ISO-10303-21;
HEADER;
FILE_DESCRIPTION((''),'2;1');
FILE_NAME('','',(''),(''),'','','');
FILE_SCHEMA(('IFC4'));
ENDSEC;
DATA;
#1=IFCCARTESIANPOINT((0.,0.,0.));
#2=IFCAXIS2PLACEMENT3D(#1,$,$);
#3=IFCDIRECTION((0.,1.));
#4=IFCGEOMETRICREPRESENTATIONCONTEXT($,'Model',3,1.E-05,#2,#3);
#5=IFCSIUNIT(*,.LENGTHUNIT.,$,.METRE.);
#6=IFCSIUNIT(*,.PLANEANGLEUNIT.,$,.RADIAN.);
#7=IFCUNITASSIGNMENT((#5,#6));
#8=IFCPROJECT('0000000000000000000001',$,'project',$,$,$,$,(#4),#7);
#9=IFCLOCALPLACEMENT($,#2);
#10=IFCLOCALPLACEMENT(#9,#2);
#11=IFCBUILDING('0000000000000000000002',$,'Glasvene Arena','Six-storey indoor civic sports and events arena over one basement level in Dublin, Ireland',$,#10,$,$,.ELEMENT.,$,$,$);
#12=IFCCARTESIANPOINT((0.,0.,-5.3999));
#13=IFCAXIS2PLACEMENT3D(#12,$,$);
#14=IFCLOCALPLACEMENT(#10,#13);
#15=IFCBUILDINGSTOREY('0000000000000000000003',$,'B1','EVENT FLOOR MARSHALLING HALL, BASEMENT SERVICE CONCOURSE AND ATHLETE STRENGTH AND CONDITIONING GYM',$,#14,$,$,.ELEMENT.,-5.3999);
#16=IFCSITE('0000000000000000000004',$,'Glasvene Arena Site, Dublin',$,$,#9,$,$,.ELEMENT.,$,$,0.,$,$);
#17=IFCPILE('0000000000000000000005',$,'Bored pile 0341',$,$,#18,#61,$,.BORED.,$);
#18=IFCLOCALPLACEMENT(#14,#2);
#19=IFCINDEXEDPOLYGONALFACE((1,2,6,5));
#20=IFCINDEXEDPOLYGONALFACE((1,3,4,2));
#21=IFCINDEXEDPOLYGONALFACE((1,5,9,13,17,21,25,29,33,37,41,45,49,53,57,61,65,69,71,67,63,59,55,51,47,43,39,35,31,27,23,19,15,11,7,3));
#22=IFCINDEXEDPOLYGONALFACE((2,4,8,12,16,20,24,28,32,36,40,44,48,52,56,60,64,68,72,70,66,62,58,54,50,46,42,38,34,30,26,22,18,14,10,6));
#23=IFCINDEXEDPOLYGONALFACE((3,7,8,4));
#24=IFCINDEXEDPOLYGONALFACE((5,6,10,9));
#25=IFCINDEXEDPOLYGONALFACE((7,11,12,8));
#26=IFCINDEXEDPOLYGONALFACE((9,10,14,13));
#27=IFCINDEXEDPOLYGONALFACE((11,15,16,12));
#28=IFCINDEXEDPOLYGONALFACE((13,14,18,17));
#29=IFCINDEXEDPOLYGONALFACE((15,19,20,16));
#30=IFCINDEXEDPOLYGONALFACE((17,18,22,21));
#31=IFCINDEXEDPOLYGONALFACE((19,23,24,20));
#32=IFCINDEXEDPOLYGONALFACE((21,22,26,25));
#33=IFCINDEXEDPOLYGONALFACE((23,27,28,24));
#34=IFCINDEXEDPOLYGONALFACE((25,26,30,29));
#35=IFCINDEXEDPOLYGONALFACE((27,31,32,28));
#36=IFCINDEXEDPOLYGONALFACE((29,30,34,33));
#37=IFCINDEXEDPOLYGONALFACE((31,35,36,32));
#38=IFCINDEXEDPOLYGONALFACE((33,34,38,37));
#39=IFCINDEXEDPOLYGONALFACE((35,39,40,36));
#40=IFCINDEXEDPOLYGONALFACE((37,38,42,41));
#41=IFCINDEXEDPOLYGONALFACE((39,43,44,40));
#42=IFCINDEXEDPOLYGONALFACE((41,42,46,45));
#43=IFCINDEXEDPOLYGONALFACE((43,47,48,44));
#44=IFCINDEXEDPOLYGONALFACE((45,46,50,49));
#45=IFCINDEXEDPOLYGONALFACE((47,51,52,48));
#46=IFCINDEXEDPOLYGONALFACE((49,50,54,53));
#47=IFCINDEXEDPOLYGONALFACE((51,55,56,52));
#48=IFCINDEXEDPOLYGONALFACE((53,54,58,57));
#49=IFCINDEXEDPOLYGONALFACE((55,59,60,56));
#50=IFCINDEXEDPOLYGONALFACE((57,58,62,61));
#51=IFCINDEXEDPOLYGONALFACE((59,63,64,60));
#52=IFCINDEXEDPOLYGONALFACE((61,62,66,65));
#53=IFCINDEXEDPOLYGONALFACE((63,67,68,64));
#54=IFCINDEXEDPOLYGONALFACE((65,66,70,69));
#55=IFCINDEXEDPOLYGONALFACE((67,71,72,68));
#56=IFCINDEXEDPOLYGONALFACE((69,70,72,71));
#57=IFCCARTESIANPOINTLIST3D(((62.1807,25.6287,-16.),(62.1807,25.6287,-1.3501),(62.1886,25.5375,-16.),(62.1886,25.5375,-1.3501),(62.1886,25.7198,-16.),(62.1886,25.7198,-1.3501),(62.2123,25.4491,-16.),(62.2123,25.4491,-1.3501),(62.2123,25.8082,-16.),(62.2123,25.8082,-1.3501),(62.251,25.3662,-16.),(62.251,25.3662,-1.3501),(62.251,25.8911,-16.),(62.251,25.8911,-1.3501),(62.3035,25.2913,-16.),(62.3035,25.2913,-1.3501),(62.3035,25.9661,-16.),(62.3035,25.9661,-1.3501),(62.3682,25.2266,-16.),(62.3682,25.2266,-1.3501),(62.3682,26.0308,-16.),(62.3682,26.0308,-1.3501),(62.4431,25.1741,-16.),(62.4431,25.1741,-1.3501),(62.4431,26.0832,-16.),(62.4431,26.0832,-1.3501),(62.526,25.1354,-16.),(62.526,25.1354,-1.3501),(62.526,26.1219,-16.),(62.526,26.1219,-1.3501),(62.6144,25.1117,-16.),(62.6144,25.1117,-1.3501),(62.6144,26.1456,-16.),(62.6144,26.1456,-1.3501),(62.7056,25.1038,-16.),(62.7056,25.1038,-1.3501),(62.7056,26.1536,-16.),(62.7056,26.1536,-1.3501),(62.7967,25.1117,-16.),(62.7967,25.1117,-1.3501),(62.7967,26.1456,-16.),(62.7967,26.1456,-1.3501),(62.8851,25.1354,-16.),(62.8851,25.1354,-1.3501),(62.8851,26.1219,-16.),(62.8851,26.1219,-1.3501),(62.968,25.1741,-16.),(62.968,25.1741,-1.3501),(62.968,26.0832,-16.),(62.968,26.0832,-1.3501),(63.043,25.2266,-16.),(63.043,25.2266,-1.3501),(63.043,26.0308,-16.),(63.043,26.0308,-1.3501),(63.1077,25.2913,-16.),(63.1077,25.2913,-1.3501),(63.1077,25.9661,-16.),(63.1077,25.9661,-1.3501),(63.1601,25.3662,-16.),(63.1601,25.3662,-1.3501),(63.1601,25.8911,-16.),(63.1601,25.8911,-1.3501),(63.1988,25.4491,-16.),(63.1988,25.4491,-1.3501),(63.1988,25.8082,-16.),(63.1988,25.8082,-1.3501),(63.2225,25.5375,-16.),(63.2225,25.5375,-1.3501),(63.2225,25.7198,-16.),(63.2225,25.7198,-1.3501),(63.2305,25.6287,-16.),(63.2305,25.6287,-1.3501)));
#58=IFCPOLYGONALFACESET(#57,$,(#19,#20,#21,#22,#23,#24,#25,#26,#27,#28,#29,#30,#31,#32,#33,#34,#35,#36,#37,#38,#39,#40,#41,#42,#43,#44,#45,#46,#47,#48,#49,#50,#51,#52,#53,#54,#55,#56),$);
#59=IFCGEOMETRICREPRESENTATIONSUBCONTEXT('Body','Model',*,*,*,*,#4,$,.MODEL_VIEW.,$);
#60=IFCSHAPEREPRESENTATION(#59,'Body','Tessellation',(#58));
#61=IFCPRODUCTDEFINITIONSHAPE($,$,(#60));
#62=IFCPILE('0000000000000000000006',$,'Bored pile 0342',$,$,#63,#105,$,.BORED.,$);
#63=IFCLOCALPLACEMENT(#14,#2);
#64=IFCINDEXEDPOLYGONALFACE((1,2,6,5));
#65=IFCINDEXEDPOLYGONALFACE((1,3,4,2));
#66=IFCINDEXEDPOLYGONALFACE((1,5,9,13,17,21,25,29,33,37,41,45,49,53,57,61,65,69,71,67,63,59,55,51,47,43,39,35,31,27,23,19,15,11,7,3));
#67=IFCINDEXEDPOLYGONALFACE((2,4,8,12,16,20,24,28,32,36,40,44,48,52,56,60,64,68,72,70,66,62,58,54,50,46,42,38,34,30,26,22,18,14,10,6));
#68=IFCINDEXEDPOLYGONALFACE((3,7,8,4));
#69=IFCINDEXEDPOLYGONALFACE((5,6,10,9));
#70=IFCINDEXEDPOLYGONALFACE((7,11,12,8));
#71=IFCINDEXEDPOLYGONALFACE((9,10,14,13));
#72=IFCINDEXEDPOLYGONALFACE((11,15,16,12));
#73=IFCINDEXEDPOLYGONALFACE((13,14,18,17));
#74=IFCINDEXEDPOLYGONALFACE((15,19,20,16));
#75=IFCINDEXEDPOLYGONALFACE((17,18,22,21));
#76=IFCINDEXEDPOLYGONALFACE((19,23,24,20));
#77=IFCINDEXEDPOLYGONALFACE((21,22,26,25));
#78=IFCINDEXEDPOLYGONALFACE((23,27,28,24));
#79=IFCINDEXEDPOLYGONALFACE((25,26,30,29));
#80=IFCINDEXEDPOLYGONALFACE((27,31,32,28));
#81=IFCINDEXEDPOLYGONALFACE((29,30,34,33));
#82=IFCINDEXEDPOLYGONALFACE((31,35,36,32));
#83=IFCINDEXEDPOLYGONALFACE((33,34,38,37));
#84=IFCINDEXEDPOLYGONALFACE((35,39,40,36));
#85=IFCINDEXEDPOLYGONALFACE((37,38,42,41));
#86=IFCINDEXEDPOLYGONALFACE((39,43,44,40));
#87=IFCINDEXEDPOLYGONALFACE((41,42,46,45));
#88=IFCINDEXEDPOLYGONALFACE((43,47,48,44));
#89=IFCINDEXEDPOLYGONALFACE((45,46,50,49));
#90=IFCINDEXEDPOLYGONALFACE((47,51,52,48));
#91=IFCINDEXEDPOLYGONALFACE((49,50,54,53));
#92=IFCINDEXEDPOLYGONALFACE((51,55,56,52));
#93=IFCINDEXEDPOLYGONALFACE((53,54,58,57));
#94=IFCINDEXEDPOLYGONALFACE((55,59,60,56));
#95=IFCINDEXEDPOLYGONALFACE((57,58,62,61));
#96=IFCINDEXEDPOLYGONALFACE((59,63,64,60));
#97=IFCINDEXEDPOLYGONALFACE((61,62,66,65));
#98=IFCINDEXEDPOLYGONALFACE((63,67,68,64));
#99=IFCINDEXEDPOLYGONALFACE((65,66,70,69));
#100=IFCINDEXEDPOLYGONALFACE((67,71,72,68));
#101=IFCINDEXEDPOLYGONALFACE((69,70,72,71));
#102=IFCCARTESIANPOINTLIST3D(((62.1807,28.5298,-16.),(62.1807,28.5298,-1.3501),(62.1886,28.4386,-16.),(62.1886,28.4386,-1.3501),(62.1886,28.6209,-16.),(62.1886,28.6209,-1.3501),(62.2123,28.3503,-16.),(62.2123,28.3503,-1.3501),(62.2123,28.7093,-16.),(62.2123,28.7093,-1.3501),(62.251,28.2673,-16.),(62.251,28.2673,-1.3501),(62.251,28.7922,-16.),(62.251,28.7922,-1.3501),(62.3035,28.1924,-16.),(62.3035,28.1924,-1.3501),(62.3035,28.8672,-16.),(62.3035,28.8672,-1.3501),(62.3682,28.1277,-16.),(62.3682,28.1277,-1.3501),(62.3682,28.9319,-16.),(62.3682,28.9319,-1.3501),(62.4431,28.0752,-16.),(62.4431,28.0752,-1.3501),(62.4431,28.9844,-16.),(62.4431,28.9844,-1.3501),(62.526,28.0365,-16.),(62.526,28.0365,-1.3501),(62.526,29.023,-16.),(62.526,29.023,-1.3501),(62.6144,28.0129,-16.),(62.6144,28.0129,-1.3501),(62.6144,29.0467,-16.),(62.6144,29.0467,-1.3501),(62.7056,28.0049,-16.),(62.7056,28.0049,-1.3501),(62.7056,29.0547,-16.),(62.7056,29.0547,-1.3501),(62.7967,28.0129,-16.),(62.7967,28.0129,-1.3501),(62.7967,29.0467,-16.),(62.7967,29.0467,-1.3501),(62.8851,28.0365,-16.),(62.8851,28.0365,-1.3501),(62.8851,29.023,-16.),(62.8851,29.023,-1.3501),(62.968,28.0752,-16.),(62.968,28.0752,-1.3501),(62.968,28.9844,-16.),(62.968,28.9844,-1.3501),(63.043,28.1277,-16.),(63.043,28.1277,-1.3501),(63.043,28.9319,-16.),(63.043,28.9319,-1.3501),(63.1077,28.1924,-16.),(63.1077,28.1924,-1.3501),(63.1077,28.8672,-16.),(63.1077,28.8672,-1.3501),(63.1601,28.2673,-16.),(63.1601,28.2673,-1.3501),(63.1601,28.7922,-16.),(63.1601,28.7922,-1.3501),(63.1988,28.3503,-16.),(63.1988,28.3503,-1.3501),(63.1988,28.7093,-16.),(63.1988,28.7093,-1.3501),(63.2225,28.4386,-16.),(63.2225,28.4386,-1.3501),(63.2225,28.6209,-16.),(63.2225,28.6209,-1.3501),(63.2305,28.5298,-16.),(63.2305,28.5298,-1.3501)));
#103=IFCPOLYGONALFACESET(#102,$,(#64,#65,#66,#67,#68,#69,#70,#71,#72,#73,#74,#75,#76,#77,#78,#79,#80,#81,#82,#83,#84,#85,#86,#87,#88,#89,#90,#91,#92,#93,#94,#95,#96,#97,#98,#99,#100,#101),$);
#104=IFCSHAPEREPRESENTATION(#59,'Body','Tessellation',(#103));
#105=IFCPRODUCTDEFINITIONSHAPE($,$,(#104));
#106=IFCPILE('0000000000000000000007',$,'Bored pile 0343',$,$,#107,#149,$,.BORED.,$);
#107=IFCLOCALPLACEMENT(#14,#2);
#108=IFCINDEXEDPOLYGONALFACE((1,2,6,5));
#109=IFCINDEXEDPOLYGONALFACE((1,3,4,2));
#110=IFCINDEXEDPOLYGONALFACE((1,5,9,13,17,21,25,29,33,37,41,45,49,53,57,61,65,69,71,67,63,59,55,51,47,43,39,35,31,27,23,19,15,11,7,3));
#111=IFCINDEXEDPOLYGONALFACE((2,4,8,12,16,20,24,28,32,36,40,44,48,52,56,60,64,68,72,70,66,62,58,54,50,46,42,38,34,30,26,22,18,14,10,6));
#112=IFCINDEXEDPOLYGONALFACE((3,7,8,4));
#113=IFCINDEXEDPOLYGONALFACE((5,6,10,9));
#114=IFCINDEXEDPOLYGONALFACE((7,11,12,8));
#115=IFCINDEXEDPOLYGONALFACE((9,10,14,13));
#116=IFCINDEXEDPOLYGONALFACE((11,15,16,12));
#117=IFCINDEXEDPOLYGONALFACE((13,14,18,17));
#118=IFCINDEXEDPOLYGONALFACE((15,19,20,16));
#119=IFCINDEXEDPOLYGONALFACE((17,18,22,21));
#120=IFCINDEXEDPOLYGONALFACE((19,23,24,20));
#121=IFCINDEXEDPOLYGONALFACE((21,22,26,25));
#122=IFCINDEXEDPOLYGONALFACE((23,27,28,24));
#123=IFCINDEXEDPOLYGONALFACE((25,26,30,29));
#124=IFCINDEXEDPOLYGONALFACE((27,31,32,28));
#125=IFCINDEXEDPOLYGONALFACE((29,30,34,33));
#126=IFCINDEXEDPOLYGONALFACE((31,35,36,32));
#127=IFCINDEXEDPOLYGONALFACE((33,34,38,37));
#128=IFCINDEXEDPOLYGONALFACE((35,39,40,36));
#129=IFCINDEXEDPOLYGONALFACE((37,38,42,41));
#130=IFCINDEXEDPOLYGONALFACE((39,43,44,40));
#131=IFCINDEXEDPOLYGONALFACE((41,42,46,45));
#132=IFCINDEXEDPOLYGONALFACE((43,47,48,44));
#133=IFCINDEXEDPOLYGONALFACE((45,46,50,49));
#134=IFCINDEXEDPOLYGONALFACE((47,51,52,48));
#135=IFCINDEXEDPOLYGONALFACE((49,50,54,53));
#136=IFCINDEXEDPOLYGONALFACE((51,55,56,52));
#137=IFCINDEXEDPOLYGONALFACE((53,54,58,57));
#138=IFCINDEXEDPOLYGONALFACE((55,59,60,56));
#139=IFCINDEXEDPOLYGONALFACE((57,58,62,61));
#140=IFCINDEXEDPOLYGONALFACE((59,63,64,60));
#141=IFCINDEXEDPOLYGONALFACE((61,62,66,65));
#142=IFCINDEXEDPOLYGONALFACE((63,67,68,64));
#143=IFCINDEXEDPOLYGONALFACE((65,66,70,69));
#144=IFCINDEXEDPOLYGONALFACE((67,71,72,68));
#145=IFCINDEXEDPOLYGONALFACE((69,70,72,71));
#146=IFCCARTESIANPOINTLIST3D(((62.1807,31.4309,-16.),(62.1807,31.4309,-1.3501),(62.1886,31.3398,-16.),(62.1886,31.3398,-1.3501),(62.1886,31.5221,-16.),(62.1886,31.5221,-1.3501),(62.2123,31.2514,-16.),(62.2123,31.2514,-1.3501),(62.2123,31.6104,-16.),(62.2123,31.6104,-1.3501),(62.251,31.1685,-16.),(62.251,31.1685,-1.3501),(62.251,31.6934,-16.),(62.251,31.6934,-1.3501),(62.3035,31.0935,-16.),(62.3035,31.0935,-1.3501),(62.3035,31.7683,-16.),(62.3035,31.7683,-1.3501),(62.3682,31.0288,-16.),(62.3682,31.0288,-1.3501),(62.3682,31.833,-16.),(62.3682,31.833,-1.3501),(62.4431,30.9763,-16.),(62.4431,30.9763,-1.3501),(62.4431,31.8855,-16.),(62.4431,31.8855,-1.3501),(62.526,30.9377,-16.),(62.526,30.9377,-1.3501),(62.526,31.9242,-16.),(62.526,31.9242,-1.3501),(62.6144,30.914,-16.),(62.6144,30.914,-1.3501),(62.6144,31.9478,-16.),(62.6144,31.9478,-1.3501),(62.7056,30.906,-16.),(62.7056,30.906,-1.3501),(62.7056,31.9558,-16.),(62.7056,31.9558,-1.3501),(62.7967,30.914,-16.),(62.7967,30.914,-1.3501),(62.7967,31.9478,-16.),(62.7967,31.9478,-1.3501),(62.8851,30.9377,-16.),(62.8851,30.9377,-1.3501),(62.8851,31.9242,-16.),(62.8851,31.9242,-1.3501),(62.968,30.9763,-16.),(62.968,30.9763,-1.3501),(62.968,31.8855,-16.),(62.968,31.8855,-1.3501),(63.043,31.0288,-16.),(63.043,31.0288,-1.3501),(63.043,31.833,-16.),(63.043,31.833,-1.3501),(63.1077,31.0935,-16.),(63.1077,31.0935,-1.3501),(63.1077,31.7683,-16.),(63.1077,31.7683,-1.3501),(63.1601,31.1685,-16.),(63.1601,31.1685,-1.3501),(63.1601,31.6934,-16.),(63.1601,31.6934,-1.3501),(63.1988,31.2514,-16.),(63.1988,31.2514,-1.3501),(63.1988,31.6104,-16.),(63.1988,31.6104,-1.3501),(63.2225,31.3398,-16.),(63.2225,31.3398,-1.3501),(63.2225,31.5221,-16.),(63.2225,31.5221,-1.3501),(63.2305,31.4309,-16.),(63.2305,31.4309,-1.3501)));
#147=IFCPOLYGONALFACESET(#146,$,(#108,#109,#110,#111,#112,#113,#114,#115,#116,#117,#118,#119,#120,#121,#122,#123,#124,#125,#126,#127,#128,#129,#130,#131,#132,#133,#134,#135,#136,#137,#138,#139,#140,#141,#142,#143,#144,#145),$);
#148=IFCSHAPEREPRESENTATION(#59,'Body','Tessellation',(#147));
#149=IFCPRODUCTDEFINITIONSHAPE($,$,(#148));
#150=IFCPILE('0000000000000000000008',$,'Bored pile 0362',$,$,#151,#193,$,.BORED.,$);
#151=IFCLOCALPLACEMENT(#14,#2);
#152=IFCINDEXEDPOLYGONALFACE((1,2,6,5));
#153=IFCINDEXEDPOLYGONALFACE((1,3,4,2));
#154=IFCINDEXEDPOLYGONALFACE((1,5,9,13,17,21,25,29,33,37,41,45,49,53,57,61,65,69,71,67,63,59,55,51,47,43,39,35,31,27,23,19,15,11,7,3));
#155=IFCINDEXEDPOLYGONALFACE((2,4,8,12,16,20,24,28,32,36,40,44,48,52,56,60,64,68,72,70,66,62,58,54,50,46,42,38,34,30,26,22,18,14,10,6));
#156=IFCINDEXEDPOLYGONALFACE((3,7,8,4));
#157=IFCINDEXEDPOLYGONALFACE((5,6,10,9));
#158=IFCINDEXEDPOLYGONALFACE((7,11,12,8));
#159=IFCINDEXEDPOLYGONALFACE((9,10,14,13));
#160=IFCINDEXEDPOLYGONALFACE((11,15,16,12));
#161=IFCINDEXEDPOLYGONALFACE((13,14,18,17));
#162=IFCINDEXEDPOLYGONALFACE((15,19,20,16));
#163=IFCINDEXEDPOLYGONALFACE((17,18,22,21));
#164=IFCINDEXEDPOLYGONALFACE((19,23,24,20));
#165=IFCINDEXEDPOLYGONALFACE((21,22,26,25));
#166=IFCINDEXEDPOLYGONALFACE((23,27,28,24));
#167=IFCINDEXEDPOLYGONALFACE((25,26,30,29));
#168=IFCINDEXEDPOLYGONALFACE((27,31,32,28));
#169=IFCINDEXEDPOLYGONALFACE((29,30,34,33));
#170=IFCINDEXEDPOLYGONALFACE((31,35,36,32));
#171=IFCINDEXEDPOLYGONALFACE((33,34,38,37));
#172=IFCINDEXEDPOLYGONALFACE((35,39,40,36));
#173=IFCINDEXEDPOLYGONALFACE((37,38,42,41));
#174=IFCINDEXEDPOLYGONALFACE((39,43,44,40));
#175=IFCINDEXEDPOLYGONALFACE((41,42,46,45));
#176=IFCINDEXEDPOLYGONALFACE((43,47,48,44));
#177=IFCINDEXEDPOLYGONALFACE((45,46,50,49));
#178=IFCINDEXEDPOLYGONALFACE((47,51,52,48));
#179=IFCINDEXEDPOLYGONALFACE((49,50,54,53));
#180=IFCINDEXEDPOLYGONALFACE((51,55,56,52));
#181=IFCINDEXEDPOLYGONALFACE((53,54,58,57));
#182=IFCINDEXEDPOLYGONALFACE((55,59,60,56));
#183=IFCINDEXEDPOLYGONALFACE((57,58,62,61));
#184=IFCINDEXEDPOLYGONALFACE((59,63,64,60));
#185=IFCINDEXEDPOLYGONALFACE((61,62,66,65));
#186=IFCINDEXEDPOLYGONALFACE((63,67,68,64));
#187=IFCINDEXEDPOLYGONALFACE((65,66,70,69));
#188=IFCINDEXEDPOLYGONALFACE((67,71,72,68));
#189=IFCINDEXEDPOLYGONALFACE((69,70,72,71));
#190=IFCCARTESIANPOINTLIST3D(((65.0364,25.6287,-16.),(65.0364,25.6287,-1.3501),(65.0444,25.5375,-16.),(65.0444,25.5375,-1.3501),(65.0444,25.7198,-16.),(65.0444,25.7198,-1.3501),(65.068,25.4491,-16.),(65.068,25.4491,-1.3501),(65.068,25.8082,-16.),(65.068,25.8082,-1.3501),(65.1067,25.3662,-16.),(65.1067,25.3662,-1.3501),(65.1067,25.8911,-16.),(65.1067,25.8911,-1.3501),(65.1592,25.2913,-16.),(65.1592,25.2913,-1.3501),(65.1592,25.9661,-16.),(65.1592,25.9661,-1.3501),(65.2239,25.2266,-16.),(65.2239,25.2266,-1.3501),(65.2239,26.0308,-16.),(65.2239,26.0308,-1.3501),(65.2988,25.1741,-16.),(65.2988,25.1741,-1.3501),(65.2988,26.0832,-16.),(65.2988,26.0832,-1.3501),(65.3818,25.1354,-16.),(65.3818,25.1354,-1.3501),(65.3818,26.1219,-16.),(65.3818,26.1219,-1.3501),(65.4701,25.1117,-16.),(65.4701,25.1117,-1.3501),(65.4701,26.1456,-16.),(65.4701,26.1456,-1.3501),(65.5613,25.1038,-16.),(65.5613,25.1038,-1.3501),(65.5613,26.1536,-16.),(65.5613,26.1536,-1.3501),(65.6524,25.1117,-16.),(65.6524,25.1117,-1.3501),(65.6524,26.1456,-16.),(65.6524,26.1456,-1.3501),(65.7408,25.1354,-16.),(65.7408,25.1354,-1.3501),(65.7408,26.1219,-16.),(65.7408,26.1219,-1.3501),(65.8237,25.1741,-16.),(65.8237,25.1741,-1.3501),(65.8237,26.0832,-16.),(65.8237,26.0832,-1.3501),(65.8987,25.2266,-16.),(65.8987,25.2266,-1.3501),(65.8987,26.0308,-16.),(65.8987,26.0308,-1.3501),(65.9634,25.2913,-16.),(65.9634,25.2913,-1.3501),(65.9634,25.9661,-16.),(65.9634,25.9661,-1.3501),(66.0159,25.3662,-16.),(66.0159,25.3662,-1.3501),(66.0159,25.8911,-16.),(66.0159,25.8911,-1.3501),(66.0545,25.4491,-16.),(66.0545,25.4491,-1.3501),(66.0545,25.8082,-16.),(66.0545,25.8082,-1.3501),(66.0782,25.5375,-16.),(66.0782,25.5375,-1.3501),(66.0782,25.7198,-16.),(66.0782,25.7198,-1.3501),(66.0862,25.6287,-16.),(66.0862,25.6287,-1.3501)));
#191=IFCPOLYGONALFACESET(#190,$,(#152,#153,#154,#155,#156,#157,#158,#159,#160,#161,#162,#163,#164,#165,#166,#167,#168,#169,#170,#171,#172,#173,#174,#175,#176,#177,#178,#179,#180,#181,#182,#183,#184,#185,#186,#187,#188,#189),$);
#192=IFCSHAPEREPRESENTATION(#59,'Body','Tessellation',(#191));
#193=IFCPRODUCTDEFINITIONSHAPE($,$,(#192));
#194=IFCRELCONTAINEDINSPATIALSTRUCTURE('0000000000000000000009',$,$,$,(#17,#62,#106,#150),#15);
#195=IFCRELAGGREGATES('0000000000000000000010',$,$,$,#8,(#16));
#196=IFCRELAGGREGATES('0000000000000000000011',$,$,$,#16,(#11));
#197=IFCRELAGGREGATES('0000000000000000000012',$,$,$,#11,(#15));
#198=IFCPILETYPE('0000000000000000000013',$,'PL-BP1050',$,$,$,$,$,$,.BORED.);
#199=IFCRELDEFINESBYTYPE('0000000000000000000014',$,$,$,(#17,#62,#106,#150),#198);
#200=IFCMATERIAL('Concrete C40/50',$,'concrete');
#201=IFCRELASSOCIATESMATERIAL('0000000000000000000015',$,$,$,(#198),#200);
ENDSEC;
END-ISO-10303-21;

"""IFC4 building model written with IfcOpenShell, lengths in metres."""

from ifc_helpers import new_model, si_unit, direction, frame, origin, origin_2d, place, context, subcontext, project, spatial, circle, extrude, material, material_profile, profile_set, type_object, element, save


model = new_model("IFC4")

# Units and contexts
model_context = context("Model", 3, precision=1e-05, world=origin(), true_north=direction((0.0, 1.0)))
body_context = subcontext(model_context, "Body", "Model", "MODEL_VIEW")
ifc_project = project(units=[si_unit("LENGTHUNIT", "METRE"), si_unit("PLANEANGLEUNIT", "RADIAN")], contexts=[model_context])

# Site, building, storey
site_placement = place(None, origin())
site = spatial("IfcSite", under=ifc_project, at=site_placement, Name="Glasvene Arena Site, Dublin", CompositionType="ELEMENT", RefElevation=0.0)
building_placement = place(site_placement, origin())
building = spatial("IfcBuilding", under=site, at=building_placement, Name="Glasvene Arena", Description="Six-storey indoor civic sports and events arena over one basement level in Dublin, Ireland", CompositionType="ELEMENT")
storey_placement = place(building_placement, frame((0.0, 0.0, -5.3999)))
storey = spatial("IfcBuildingStorey", under=building, at=storey_placement, Name="B1", Description="EVENT FLOOR MARSHALLING HALL, BASEMENT SERVICE CONCOURSE AND ATHLETE STRENGTH AND CONDITIONING GYM", CompositionType="ELEMENT", Elevation=-5.3999)

# Piles
ifc_material_1 = material(Name="Concrete C40/50", Category="concrete")
ifc_material_profile_1 = material_profile(ifc_material_1, circle(Radius=0.5249, at=origin_2d()), Name="BORED PILE 1050")
ifc_profile_set_1 = profile_set([ifc_material_profile_1], Name="Concrete C40/50")
pile_type = type_object("IfcPileType", Name="PL-BP1050", PredefinedType="BORED", material=ifc_profile_set_1)
for number, where, z_axis, x_axis, name in (
    (1, (62.7056, 25.6287, -1.3501), (0.0, 0.0, -1.0), (1.0, 0.0, 0.0), "Bored pile 0341"),
    (2, (62.7056, 28.5298, -1.3501), (0.0, 0.0, -1.0), (1.0, 0.0, 0.0), "Bored pile 0342"),
    (3, (62.7056, 31.4309, -1.3501), (0.0, 0.0, -1.0), (1.0, 0.0, 0.0), "Bored pile 0343"),
    (4, (65.5613, 25.6287, -1.3501), (0.0, 0.0, -1.0), (1.0, 0.0, 0.0), "Bored pile 0362"),
):
    element("IfcPile", number, at=place(storey_placement, frame(where, z_axis=z_axis, x_axis=x_axis)), inside=storey, type_object=pile_type, Name=name, PredefinedType="BORED", context=body_context, shape_type="SweptSolid", body=[
        extrude(circle(Radius=0.5249, at=origin_2d()), origin(), (0.0, 0.0, 1.0), 14.6499),
    ])

save(model, "model.ifc")
